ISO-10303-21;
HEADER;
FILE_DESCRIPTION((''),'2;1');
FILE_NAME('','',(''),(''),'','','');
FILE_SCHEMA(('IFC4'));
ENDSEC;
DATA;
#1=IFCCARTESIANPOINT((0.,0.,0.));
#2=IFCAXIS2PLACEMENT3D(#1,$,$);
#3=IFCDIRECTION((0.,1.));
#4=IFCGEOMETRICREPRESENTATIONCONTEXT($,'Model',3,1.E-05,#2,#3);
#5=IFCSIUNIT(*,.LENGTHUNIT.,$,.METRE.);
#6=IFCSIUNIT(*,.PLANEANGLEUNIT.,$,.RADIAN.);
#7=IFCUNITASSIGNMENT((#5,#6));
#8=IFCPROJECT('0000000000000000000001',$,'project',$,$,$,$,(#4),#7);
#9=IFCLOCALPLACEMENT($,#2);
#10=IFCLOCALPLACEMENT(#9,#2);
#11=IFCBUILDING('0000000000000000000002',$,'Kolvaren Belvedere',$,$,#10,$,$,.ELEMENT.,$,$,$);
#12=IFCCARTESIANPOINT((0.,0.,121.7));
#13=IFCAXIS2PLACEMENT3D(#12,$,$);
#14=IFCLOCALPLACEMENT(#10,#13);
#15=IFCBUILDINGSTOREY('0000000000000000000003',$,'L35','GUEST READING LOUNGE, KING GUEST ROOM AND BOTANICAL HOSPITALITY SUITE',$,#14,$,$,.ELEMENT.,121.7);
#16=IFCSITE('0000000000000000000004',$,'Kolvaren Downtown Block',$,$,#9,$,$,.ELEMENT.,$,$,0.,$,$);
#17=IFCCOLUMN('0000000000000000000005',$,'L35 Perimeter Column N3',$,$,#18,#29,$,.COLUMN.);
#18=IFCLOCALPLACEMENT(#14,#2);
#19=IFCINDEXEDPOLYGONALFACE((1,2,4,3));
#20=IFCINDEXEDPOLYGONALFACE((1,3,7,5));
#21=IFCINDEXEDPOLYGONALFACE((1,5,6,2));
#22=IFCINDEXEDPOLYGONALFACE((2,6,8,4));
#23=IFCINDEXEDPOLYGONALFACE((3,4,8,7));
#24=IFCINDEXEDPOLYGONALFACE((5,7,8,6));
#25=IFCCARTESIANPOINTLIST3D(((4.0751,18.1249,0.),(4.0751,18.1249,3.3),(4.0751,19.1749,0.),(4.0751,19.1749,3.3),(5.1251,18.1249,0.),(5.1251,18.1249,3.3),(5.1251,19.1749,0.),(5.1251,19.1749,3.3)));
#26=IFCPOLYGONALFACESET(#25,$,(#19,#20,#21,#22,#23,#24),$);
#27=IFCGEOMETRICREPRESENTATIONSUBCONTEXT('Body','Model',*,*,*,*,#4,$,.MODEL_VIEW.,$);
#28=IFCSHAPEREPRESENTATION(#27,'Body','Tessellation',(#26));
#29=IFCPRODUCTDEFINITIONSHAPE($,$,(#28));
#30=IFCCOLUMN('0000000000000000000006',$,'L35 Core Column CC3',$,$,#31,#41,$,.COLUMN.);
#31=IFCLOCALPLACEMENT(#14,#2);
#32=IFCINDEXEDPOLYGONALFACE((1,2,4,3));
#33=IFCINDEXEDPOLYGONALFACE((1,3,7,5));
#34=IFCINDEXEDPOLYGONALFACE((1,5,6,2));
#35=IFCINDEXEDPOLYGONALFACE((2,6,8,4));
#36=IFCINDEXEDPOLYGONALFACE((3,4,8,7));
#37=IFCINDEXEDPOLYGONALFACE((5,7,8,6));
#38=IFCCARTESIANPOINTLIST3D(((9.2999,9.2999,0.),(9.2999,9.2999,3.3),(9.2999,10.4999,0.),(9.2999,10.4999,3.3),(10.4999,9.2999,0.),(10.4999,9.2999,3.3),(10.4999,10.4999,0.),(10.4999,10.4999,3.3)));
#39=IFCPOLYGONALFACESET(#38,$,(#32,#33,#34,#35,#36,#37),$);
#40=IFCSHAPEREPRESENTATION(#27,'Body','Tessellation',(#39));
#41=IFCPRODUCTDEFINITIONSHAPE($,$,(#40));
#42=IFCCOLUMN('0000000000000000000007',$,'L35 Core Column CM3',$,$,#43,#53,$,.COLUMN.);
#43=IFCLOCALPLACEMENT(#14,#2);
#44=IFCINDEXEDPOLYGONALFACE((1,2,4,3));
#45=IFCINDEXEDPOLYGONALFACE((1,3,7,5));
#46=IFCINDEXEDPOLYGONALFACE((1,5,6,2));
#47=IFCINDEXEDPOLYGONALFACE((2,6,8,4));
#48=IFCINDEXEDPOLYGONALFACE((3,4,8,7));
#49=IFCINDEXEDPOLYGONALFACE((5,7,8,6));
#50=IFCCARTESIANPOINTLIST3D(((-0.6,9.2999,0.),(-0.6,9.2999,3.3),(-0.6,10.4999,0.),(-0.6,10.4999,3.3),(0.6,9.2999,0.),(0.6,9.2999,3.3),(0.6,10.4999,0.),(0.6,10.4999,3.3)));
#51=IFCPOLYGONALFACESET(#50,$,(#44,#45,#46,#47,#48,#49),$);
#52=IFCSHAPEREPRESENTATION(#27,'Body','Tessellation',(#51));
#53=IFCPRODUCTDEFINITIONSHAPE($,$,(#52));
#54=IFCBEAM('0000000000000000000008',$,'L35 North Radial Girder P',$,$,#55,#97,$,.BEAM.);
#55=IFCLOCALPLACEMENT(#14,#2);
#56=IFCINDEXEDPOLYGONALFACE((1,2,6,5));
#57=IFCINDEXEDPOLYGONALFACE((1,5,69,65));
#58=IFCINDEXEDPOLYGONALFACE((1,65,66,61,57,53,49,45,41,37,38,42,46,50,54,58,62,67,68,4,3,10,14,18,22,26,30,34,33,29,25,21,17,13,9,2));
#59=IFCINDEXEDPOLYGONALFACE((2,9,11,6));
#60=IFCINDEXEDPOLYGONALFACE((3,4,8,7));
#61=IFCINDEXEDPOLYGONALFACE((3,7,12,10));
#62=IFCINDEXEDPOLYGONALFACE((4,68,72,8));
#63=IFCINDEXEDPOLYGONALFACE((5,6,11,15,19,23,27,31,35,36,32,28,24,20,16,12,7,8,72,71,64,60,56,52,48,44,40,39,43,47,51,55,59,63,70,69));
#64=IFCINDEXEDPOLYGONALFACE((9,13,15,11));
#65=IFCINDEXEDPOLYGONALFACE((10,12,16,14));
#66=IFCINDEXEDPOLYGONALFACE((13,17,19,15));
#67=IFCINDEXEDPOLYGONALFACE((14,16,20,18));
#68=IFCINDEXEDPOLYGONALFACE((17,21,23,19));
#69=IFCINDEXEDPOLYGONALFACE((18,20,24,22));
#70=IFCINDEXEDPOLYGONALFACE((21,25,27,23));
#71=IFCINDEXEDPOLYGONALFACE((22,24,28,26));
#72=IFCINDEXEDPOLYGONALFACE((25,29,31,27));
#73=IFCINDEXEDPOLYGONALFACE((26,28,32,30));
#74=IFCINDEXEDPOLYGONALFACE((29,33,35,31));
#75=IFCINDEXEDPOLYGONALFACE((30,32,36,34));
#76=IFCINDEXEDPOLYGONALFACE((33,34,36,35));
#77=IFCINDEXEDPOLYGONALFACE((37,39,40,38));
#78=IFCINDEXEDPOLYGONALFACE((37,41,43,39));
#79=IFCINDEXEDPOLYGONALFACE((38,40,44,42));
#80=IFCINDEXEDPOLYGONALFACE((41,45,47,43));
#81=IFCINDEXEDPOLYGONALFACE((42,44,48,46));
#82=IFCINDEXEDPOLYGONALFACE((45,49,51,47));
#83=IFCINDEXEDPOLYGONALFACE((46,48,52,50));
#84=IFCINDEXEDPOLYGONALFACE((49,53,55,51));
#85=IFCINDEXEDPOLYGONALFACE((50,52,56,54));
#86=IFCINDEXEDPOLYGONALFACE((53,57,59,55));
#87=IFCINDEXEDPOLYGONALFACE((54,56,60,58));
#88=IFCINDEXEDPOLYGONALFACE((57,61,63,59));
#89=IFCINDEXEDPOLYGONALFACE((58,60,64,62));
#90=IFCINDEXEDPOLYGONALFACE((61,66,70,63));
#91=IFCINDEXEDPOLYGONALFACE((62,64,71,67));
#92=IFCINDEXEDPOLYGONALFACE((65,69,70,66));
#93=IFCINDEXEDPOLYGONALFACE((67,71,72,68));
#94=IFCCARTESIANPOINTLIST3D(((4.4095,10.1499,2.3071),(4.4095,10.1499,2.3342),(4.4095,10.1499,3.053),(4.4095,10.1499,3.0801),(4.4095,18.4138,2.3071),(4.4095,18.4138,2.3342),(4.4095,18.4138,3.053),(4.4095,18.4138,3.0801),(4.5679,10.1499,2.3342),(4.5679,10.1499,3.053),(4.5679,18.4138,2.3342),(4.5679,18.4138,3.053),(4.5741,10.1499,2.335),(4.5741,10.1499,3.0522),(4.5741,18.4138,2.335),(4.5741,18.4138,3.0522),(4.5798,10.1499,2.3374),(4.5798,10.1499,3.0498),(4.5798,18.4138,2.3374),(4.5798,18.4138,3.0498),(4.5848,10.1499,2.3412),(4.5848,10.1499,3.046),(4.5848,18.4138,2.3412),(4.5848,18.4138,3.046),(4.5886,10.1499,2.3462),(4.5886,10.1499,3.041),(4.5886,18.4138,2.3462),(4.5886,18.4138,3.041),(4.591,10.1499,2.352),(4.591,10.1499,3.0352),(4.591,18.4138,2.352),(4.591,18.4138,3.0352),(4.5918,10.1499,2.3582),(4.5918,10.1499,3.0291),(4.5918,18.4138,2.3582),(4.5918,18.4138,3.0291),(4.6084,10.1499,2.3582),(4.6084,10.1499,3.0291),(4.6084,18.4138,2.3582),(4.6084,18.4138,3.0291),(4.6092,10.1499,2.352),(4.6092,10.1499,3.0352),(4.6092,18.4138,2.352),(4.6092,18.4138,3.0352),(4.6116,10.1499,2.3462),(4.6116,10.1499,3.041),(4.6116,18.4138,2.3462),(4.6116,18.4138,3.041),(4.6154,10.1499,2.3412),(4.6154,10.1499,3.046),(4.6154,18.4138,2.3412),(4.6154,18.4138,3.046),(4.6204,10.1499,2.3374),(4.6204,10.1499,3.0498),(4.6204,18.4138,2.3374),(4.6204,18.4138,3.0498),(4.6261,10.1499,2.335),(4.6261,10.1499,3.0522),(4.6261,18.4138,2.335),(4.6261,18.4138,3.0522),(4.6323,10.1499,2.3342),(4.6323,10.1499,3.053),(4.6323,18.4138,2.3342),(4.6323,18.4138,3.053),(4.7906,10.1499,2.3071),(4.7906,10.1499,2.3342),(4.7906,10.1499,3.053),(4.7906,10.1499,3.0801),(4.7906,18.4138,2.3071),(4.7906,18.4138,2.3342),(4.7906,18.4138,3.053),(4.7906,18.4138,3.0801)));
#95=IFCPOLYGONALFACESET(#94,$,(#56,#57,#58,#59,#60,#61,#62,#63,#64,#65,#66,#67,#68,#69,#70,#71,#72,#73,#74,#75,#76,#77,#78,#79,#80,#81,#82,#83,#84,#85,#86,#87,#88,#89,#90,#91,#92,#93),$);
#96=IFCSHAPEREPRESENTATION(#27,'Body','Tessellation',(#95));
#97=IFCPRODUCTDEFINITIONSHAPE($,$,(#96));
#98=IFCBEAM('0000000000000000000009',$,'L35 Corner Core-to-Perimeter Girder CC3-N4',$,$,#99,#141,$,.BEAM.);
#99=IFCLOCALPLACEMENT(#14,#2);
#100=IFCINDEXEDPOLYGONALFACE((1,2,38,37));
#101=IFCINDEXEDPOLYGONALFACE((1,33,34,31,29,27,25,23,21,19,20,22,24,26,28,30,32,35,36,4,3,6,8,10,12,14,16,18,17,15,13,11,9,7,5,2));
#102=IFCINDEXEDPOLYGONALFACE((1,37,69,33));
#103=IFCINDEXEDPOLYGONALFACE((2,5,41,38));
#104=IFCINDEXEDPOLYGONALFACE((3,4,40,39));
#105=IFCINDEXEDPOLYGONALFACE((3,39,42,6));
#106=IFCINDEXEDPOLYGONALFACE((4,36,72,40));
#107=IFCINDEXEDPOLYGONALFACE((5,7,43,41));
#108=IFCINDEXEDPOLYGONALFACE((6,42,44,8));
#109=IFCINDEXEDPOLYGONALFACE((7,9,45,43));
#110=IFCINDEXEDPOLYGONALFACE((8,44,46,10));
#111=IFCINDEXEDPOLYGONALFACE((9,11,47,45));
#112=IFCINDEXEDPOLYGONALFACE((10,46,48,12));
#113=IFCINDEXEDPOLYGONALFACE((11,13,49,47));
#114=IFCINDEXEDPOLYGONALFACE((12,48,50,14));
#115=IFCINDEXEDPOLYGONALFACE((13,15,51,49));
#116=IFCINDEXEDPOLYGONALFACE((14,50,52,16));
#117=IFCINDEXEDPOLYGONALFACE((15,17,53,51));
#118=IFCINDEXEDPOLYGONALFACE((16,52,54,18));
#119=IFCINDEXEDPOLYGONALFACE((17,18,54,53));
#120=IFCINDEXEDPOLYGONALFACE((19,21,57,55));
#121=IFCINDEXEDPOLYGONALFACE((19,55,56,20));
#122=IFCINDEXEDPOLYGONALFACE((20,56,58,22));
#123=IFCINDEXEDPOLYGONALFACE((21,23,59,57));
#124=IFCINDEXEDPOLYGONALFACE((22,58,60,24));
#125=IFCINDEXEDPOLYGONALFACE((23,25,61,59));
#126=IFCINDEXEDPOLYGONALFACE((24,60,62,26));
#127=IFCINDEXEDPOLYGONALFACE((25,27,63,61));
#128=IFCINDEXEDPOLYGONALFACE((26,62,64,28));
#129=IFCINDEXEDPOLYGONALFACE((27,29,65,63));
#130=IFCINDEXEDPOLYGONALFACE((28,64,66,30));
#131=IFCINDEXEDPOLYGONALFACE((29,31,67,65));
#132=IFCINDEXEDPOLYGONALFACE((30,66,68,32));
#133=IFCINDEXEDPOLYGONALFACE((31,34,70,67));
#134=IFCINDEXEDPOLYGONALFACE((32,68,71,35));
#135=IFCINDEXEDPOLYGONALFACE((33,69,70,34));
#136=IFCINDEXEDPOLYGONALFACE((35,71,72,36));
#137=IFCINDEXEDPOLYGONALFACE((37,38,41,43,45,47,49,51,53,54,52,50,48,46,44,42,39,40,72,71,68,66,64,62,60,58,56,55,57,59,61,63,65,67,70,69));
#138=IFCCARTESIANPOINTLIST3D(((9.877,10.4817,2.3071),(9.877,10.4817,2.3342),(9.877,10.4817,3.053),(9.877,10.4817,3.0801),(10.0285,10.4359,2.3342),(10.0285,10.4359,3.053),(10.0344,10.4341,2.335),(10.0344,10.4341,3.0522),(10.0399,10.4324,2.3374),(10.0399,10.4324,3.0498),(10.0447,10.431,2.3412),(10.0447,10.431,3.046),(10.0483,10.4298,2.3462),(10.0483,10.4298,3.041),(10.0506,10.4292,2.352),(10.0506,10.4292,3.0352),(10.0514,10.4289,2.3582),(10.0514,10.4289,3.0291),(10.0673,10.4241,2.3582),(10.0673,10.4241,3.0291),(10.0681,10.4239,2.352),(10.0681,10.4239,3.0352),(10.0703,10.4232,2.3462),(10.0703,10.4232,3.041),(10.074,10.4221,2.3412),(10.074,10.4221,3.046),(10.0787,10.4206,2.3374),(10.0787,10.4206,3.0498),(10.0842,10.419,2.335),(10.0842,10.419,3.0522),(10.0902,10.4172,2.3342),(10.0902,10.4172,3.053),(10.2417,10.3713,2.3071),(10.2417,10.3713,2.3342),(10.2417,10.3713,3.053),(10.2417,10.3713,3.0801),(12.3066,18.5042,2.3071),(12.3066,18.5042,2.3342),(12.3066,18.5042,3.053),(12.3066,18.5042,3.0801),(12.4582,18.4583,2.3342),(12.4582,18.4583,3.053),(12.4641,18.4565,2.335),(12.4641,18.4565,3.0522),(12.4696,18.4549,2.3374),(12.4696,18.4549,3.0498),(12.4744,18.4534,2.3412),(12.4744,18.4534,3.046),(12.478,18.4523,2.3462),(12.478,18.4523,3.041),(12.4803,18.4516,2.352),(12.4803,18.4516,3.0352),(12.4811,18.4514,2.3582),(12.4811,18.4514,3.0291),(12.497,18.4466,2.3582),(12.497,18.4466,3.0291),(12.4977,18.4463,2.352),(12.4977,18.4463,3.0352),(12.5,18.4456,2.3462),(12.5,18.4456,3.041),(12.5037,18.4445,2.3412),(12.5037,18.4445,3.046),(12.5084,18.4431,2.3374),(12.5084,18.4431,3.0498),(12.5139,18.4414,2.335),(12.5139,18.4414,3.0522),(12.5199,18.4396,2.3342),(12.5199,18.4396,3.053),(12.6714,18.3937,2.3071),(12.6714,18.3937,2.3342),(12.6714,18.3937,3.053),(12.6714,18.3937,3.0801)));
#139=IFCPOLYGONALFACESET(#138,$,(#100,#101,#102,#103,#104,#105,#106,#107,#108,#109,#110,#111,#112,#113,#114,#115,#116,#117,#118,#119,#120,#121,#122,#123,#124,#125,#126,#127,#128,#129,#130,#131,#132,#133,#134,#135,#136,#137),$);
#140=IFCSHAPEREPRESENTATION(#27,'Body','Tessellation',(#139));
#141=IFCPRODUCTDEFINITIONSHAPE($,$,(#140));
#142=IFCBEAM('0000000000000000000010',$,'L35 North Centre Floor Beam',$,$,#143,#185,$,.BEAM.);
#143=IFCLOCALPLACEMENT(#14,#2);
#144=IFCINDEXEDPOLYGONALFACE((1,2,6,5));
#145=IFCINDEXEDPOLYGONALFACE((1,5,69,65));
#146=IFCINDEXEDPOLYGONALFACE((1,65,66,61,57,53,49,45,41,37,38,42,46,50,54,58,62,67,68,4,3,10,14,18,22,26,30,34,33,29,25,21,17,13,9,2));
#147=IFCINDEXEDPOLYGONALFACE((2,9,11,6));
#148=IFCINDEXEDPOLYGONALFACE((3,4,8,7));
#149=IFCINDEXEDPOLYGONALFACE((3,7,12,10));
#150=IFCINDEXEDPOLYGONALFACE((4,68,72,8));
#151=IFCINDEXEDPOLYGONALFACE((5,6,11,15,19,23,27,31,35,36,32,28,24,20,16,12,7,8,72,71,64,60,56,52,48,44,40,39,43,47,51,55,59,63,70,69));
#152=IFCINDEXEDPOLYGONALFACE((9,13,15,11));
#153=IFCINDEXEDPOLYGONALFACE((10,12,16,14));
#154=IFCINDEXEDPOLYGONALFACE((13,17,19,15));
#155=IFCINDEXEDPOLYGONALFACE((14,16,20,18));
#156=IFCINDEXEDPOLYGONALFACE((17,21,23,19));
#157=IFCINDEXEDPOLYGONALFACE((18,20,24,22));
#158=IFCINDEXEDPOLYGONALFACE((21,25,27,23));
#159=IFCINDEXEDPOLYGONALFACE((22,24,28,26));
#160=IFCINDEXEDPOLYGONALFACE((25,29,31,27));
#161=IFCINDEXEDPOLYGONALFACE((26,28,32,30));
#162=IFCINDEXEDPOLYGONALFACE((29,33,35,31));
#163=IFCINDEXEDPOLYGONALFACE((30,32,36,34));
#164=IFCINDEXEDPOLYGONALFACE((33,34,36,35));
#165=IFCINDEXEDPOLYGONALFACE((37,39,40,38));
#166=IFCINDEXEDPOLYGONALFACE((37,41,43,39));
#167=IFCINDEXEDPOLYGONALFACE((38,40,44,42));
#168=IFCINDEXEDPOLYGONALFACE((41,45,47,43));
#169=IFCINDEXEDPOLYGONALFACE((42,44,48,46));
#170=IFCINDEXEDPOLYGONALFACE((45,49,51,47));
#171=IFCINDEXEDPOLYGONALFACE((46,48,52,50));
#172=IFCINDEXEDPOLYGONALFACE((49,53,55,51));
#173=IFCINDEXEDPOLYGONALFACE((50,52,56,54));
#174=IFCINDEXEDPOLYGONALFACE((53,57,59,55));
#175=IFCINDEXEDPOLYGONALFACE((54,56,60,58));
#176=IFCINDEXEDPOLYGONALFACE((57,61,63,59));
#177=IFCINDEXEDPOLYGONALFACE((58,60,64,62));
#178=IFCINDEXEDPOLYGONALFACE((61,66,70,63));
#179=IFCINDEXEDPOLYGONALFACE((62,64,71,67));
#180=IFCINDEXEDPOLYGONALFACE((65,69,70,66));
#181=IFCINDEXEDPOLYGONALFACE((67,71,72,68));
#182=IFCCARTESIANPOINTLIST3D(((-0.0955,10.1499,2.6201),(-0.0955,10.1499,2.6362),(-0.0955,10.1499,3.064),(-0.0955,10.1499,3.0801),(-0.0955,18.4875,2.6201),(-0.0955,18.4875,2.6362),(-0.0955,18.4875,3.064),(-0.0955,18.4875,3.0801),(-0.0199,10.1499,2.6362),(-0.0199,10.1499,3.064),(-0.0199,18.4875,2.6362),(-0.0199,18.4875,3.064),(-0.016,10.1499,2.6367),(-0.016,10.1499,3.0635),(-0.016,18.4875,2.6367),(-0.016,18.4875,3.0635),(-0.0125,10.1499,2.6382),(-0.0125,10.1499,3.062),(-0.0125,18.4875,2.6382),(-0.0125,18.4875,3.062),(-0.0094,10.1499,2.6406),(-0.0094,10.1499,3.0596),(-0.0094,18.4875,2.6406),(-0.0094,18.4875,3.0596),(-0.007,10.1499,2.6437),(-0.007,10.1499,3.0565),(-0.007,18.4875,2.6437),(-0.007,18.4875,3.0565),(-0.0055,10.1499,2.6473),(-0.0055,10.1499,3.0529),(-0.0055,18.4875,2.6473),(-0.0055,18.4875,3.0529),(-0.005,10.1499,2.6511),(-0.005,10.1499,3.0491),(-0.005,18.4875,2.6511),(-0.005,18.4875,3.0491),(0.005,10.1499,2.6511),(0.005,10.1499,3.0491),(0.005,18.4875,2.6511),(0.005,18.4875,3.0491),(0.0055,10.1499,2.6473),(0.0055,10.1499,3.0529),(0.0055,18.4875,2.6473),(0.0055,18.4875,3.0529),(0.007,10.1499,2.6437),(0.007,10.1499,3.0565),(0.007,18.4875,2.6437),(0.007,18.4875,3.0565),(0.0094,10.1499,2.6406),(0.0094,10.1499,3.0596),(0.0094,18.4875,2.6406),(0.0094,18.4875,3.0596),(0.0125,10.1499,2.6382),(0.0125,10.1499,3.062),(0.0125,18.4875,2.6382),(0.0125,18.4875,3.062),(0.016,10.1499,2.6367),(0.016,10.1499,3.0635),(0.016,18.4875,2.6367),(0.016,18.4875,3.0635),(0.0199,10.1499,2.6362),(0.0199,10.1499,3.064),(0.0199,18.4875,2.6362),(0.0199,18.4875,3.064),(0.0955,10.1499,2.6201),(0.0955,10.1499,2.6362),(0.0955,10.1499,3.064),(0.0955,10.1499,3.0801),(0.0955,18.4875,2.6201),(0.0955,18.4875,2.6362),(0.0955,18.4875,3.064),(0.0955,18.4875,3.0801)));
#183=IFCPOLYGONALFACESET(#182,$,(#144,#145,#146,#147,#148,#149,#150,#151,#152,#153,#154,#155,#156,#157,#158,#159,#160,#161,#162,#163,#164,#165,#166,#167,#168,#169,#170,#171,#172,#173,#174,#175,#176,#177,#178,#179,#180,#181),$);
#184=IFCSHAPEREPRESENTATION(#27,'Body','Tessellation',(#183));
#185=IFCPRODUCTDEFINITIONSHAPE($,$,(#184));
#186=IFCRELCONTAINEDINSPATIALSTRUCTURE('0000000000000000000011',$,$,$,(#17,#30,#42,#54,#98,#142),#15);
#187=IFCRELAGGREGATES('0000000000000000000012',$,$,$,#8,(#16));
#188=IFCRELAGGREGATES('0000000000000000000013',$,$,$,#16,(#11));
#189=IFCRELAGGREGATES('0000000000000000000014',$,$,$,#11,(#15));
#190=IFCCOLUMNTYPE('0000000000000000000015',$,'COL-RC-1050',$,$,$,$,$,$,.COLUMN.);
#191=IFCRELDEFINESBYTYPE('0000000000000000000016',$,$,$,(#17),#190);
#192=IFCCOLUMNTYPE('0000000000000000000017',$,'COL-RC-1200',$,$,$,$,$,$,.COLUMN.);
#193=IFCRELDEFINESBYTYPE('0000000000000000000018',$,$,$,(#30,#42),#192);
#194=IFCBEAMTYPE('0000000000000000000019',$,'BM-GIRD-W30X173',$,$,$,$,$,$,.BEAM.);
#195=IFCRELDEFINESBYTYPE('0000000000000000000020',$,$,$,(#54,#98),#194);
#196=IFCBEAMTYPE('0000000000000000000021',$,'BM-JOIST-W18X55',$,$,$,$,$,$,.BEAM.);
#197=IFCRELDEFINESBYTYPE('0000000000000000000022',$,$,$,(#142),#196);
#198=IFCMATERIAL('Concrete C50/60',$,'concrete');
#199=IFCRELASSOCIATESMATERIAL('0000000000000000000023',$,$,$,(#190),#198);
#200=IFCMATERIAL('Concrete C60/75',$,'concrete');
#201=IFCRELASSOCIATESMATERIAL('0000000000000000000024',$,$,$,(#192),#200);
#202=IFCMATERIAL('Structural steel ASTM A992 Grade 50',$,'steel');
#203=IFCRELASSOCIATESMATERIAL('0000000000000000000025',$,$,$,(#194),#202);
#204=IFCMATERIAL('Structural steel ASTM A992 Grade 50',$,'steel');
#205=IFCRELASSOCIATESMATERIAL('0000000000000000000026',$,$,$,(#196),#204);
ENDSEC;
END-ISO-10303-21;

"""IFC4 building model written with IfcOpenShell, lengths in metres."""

from ifc_helpers import new_model, si_unit, direction, frame, origin, origin_2d, place, context, subcontext, project, spatial, rectangle, i_section, extrude, material, material_profile, profile_set, type_object, element, save


model = new_model("IFC4")

# Units and contexts
model_context = context("Model", 3, precision=1e-05, world=origin(), true_north=direction((0.0, 1.0)))
body_context = subcontext(model_context, "Body", "Model", "MODEL_VIEW")
ifc_project = project(units=[si_unit("LENGTHUNIT", "METRE"), si_unit("PLANEANGLEUNIT", "RADIAN")], contexts=[model_context])

# Site, building, storey
site_placement = place(None, origin())
site = spatial("IfcSite", under=ifc_project, at=site_placement, Name="Kolvaren Downtown Block", CompositionType="ELEMENT", RefElevation=0.0)
building_placement = place(site_placement, origin())
building = spatial("IfcBuilding", under=site, at=building_placement, Name="Kolvaren Belvedere", CompositionType="ELEMENT")
storey_placement = place(building_placement, frame((0.0, 0.0, 121.7)))
storey = spatial("IfcBuildingStorey", under=building, at=storey_placement, Name="L35", Description="GUEST READING LOUNGE, KING GUEST ROOM AND BOTANICAL HOSPITALITY SUITE", CompositionType="ELEMENT", Elevation=121.7)

# Columns
ifc_material_1 = material(Name="Concrete C50/60", Category="concrete")
ifc_material_profile_1 = material_profile(ifc_material_1, rectangle(XDim=1.05, YDim=1.05, at=origin_2d()), Name="RC 1050X1050")
ifc_profile_set_1 = profile_set([ifc_material_profile_1], Name="Concrete C50/60")
column_type_1 = type_object("IfcColumnType", Name="COL-RC-1050", PredefinedType="COLUMN", material=ifc_profile_set_1)
column_placement = place(storey_placement, frame((4.6001, 18.6499, 0.0), z_axis=(0.0, 0.0, 1.0), x_axis=(1.0, 0.0, 0.0)))
element("IfcColumn", 1, at=column_placement, inside=storey, type_object=column_type_1, Name="L35 Perimeter Column N3", PredefinedType="COLUMN", context=body_context, shape_type="SweptSolid", body=[
    extrude(rectangle(XDim=1.05, YDim=1.05, at=origin_2d()), origin(), (0.0, 0.0, 1.0), 3.3),
])
ifc_material_2 = material(Name="Concrete C60/75", Category="concrete")
ifc_material_profile_2 = material_profile(ifc_material_2, rectangle(XDim=1.2, YDim=1.2, at=origin_2d()), Name="RC 1200X1200")
ifc_profile_set_2 = profile_set([ifc_material_profile_2], Name="Concrete C60/75")
column_type_2 = type_object("IfcColumnType", Name="COL-RC-1200", PredefinedType="COLUMN", material=ifc_profile_set_2)
for number, where, z_axis, x_axis, name in (
    (2, (9.8999, 9.8999, 0.0), (0.0, 0.0, 1.0), (1.0, 0.0, 0.0), "L35 Core Column CC3"),
    (3, (0.0, 9.8999, 0.0), (0.0, 0.0, 1.0), (1.0, 0.0, 0.0), "L35 Core Column CM3"),
):
    element("IfcColumn", number, at=place(storey_placement, frame(where, z_axis=z_axis, x_axis=x_axis)), inside=storey, type_object=column_type_2, Name=name, PredefinedType="COLUMN", context=body_context, shape_type="SweptSolid", body=[
        extrude(rectangle(XDim=1.2, YDim=1.2, at=origin_2d()), origin(), (0.0, 0.0, 1.0), 3.3),
    ])

# Beams
ifc_material_3 = material(Name="Structural steel ASTM A992 Grade 50", Category="steel")
ifc_material_profile_3 = material_profile(ifc_material_3, i_section(OverallWidth=0.3811, OverallDepth=0.7729, WebThickness=0.0166, FlangeThickness=0.0271, FilletRadius=0.0239, at=origin_2d()), Name="W30X173")
ifc_profile_set_3 = profile_set([ifc_material_profile_3], Name="Structural steel ASTM A992 Grade 50")
beam_type_1 = type_object("IfcBeamType", Name="BM-GIRD-W30X173", PredefinedType="BEAM", material=ifc_profile_set_3)
beam_1_placement = place(storey_placement, frame((4.6001, 10.1499, 2.6936), z_axis=(0.0, 1.0, 0.0), x_axis=(-1.0, 0.0, 0.0)))
element("IfcBeam", 4, at=beam_1_placement, inside=storey, type_object=beam_type_1, Name="L35 North Radial Girder P", PredefinedType="BEAM", context=body_context, shape_type="SweptSolid", body=[
    extrude(i_section(OverallWidth=0.3811, OverallDepth=0.7729, WebThickness=0.0166, FlangeThickness=0.0271, FilletRadius=0.0239, at=origin_2d()), origin(), (0.0, 0.0, 1.0), 8.2639),
])
beam_2_placement = place(storey_placement, frame((10.0593, 10.4265, 2.6936), z_axis=(0.289859, 0.957069, 0.0), x_axis=(-0.957069, 0.289859, 0.0)))
element("IfcBeam", 5, at=beam_2_placement, inside=storey, type_object=beam_type_1, Name="L35 Corner Core-to-Perimeter Girder CC3-N4", PredefinedType="BEAM", context=body_context, shape_type="SweptSolid", body=[
    extrude(i_section(OverallWidth=0.3811, OverallDepth=0.7729, WebThickness=0.0166, FlangeThickness=0.0271, FilletRadius=0.0239, at=origin_2d()), origin(), (0.0, 0.0, 1.0), 8.3823),
])
ifc_material_4 = material(Name="Structural steel ASTM A992 Grade 50", Category="steel")
ifc_material_profile_4 = material_profile(ifc_material_4, i_section(OverallWidth=0.1909, OverallDepth=0.46, WebThickness=0.01, FlangeThickness=0.0161, FilletRadius=0.0149, at=origin_2d()), Name="W18X55")
ifc_profile_set_4 = profile_set([ifc_material_profile_4], Name="Structural steel ASTM A992 Grade 50")
beam_type_2 = type_object("IfcBeamType", Name="BM-JOIST-W18X55", PredefinedType="BEAM", material=ifc_profile_set_4)
beam_3_placement = place(storey_placement, frame((0.0, 10.1499, 2.8501), z_axis=(0.0, 1.0, 0.0), x_axis=(-1.0, 0.0, 0.0)))
element("IfcBeam", 6, at=beam_3_placement, inside=storey, type_object=beam_type_2, Name="L35 North Centre Floor Beam", PredefinedType="BEAM", context=body_context, shape_type="SweptSolid", body=[
    extrude(i_section(OverallWidth=0.1909, OverallDepth=0.46, WebThickness=0.01, FlangeThickness=0.0161, FilletRadius=0.0149, at=origin_2d()), origin(), (0.0, 0.0, 1.0), 8.3376),
])

save(model, "model.ifc")
